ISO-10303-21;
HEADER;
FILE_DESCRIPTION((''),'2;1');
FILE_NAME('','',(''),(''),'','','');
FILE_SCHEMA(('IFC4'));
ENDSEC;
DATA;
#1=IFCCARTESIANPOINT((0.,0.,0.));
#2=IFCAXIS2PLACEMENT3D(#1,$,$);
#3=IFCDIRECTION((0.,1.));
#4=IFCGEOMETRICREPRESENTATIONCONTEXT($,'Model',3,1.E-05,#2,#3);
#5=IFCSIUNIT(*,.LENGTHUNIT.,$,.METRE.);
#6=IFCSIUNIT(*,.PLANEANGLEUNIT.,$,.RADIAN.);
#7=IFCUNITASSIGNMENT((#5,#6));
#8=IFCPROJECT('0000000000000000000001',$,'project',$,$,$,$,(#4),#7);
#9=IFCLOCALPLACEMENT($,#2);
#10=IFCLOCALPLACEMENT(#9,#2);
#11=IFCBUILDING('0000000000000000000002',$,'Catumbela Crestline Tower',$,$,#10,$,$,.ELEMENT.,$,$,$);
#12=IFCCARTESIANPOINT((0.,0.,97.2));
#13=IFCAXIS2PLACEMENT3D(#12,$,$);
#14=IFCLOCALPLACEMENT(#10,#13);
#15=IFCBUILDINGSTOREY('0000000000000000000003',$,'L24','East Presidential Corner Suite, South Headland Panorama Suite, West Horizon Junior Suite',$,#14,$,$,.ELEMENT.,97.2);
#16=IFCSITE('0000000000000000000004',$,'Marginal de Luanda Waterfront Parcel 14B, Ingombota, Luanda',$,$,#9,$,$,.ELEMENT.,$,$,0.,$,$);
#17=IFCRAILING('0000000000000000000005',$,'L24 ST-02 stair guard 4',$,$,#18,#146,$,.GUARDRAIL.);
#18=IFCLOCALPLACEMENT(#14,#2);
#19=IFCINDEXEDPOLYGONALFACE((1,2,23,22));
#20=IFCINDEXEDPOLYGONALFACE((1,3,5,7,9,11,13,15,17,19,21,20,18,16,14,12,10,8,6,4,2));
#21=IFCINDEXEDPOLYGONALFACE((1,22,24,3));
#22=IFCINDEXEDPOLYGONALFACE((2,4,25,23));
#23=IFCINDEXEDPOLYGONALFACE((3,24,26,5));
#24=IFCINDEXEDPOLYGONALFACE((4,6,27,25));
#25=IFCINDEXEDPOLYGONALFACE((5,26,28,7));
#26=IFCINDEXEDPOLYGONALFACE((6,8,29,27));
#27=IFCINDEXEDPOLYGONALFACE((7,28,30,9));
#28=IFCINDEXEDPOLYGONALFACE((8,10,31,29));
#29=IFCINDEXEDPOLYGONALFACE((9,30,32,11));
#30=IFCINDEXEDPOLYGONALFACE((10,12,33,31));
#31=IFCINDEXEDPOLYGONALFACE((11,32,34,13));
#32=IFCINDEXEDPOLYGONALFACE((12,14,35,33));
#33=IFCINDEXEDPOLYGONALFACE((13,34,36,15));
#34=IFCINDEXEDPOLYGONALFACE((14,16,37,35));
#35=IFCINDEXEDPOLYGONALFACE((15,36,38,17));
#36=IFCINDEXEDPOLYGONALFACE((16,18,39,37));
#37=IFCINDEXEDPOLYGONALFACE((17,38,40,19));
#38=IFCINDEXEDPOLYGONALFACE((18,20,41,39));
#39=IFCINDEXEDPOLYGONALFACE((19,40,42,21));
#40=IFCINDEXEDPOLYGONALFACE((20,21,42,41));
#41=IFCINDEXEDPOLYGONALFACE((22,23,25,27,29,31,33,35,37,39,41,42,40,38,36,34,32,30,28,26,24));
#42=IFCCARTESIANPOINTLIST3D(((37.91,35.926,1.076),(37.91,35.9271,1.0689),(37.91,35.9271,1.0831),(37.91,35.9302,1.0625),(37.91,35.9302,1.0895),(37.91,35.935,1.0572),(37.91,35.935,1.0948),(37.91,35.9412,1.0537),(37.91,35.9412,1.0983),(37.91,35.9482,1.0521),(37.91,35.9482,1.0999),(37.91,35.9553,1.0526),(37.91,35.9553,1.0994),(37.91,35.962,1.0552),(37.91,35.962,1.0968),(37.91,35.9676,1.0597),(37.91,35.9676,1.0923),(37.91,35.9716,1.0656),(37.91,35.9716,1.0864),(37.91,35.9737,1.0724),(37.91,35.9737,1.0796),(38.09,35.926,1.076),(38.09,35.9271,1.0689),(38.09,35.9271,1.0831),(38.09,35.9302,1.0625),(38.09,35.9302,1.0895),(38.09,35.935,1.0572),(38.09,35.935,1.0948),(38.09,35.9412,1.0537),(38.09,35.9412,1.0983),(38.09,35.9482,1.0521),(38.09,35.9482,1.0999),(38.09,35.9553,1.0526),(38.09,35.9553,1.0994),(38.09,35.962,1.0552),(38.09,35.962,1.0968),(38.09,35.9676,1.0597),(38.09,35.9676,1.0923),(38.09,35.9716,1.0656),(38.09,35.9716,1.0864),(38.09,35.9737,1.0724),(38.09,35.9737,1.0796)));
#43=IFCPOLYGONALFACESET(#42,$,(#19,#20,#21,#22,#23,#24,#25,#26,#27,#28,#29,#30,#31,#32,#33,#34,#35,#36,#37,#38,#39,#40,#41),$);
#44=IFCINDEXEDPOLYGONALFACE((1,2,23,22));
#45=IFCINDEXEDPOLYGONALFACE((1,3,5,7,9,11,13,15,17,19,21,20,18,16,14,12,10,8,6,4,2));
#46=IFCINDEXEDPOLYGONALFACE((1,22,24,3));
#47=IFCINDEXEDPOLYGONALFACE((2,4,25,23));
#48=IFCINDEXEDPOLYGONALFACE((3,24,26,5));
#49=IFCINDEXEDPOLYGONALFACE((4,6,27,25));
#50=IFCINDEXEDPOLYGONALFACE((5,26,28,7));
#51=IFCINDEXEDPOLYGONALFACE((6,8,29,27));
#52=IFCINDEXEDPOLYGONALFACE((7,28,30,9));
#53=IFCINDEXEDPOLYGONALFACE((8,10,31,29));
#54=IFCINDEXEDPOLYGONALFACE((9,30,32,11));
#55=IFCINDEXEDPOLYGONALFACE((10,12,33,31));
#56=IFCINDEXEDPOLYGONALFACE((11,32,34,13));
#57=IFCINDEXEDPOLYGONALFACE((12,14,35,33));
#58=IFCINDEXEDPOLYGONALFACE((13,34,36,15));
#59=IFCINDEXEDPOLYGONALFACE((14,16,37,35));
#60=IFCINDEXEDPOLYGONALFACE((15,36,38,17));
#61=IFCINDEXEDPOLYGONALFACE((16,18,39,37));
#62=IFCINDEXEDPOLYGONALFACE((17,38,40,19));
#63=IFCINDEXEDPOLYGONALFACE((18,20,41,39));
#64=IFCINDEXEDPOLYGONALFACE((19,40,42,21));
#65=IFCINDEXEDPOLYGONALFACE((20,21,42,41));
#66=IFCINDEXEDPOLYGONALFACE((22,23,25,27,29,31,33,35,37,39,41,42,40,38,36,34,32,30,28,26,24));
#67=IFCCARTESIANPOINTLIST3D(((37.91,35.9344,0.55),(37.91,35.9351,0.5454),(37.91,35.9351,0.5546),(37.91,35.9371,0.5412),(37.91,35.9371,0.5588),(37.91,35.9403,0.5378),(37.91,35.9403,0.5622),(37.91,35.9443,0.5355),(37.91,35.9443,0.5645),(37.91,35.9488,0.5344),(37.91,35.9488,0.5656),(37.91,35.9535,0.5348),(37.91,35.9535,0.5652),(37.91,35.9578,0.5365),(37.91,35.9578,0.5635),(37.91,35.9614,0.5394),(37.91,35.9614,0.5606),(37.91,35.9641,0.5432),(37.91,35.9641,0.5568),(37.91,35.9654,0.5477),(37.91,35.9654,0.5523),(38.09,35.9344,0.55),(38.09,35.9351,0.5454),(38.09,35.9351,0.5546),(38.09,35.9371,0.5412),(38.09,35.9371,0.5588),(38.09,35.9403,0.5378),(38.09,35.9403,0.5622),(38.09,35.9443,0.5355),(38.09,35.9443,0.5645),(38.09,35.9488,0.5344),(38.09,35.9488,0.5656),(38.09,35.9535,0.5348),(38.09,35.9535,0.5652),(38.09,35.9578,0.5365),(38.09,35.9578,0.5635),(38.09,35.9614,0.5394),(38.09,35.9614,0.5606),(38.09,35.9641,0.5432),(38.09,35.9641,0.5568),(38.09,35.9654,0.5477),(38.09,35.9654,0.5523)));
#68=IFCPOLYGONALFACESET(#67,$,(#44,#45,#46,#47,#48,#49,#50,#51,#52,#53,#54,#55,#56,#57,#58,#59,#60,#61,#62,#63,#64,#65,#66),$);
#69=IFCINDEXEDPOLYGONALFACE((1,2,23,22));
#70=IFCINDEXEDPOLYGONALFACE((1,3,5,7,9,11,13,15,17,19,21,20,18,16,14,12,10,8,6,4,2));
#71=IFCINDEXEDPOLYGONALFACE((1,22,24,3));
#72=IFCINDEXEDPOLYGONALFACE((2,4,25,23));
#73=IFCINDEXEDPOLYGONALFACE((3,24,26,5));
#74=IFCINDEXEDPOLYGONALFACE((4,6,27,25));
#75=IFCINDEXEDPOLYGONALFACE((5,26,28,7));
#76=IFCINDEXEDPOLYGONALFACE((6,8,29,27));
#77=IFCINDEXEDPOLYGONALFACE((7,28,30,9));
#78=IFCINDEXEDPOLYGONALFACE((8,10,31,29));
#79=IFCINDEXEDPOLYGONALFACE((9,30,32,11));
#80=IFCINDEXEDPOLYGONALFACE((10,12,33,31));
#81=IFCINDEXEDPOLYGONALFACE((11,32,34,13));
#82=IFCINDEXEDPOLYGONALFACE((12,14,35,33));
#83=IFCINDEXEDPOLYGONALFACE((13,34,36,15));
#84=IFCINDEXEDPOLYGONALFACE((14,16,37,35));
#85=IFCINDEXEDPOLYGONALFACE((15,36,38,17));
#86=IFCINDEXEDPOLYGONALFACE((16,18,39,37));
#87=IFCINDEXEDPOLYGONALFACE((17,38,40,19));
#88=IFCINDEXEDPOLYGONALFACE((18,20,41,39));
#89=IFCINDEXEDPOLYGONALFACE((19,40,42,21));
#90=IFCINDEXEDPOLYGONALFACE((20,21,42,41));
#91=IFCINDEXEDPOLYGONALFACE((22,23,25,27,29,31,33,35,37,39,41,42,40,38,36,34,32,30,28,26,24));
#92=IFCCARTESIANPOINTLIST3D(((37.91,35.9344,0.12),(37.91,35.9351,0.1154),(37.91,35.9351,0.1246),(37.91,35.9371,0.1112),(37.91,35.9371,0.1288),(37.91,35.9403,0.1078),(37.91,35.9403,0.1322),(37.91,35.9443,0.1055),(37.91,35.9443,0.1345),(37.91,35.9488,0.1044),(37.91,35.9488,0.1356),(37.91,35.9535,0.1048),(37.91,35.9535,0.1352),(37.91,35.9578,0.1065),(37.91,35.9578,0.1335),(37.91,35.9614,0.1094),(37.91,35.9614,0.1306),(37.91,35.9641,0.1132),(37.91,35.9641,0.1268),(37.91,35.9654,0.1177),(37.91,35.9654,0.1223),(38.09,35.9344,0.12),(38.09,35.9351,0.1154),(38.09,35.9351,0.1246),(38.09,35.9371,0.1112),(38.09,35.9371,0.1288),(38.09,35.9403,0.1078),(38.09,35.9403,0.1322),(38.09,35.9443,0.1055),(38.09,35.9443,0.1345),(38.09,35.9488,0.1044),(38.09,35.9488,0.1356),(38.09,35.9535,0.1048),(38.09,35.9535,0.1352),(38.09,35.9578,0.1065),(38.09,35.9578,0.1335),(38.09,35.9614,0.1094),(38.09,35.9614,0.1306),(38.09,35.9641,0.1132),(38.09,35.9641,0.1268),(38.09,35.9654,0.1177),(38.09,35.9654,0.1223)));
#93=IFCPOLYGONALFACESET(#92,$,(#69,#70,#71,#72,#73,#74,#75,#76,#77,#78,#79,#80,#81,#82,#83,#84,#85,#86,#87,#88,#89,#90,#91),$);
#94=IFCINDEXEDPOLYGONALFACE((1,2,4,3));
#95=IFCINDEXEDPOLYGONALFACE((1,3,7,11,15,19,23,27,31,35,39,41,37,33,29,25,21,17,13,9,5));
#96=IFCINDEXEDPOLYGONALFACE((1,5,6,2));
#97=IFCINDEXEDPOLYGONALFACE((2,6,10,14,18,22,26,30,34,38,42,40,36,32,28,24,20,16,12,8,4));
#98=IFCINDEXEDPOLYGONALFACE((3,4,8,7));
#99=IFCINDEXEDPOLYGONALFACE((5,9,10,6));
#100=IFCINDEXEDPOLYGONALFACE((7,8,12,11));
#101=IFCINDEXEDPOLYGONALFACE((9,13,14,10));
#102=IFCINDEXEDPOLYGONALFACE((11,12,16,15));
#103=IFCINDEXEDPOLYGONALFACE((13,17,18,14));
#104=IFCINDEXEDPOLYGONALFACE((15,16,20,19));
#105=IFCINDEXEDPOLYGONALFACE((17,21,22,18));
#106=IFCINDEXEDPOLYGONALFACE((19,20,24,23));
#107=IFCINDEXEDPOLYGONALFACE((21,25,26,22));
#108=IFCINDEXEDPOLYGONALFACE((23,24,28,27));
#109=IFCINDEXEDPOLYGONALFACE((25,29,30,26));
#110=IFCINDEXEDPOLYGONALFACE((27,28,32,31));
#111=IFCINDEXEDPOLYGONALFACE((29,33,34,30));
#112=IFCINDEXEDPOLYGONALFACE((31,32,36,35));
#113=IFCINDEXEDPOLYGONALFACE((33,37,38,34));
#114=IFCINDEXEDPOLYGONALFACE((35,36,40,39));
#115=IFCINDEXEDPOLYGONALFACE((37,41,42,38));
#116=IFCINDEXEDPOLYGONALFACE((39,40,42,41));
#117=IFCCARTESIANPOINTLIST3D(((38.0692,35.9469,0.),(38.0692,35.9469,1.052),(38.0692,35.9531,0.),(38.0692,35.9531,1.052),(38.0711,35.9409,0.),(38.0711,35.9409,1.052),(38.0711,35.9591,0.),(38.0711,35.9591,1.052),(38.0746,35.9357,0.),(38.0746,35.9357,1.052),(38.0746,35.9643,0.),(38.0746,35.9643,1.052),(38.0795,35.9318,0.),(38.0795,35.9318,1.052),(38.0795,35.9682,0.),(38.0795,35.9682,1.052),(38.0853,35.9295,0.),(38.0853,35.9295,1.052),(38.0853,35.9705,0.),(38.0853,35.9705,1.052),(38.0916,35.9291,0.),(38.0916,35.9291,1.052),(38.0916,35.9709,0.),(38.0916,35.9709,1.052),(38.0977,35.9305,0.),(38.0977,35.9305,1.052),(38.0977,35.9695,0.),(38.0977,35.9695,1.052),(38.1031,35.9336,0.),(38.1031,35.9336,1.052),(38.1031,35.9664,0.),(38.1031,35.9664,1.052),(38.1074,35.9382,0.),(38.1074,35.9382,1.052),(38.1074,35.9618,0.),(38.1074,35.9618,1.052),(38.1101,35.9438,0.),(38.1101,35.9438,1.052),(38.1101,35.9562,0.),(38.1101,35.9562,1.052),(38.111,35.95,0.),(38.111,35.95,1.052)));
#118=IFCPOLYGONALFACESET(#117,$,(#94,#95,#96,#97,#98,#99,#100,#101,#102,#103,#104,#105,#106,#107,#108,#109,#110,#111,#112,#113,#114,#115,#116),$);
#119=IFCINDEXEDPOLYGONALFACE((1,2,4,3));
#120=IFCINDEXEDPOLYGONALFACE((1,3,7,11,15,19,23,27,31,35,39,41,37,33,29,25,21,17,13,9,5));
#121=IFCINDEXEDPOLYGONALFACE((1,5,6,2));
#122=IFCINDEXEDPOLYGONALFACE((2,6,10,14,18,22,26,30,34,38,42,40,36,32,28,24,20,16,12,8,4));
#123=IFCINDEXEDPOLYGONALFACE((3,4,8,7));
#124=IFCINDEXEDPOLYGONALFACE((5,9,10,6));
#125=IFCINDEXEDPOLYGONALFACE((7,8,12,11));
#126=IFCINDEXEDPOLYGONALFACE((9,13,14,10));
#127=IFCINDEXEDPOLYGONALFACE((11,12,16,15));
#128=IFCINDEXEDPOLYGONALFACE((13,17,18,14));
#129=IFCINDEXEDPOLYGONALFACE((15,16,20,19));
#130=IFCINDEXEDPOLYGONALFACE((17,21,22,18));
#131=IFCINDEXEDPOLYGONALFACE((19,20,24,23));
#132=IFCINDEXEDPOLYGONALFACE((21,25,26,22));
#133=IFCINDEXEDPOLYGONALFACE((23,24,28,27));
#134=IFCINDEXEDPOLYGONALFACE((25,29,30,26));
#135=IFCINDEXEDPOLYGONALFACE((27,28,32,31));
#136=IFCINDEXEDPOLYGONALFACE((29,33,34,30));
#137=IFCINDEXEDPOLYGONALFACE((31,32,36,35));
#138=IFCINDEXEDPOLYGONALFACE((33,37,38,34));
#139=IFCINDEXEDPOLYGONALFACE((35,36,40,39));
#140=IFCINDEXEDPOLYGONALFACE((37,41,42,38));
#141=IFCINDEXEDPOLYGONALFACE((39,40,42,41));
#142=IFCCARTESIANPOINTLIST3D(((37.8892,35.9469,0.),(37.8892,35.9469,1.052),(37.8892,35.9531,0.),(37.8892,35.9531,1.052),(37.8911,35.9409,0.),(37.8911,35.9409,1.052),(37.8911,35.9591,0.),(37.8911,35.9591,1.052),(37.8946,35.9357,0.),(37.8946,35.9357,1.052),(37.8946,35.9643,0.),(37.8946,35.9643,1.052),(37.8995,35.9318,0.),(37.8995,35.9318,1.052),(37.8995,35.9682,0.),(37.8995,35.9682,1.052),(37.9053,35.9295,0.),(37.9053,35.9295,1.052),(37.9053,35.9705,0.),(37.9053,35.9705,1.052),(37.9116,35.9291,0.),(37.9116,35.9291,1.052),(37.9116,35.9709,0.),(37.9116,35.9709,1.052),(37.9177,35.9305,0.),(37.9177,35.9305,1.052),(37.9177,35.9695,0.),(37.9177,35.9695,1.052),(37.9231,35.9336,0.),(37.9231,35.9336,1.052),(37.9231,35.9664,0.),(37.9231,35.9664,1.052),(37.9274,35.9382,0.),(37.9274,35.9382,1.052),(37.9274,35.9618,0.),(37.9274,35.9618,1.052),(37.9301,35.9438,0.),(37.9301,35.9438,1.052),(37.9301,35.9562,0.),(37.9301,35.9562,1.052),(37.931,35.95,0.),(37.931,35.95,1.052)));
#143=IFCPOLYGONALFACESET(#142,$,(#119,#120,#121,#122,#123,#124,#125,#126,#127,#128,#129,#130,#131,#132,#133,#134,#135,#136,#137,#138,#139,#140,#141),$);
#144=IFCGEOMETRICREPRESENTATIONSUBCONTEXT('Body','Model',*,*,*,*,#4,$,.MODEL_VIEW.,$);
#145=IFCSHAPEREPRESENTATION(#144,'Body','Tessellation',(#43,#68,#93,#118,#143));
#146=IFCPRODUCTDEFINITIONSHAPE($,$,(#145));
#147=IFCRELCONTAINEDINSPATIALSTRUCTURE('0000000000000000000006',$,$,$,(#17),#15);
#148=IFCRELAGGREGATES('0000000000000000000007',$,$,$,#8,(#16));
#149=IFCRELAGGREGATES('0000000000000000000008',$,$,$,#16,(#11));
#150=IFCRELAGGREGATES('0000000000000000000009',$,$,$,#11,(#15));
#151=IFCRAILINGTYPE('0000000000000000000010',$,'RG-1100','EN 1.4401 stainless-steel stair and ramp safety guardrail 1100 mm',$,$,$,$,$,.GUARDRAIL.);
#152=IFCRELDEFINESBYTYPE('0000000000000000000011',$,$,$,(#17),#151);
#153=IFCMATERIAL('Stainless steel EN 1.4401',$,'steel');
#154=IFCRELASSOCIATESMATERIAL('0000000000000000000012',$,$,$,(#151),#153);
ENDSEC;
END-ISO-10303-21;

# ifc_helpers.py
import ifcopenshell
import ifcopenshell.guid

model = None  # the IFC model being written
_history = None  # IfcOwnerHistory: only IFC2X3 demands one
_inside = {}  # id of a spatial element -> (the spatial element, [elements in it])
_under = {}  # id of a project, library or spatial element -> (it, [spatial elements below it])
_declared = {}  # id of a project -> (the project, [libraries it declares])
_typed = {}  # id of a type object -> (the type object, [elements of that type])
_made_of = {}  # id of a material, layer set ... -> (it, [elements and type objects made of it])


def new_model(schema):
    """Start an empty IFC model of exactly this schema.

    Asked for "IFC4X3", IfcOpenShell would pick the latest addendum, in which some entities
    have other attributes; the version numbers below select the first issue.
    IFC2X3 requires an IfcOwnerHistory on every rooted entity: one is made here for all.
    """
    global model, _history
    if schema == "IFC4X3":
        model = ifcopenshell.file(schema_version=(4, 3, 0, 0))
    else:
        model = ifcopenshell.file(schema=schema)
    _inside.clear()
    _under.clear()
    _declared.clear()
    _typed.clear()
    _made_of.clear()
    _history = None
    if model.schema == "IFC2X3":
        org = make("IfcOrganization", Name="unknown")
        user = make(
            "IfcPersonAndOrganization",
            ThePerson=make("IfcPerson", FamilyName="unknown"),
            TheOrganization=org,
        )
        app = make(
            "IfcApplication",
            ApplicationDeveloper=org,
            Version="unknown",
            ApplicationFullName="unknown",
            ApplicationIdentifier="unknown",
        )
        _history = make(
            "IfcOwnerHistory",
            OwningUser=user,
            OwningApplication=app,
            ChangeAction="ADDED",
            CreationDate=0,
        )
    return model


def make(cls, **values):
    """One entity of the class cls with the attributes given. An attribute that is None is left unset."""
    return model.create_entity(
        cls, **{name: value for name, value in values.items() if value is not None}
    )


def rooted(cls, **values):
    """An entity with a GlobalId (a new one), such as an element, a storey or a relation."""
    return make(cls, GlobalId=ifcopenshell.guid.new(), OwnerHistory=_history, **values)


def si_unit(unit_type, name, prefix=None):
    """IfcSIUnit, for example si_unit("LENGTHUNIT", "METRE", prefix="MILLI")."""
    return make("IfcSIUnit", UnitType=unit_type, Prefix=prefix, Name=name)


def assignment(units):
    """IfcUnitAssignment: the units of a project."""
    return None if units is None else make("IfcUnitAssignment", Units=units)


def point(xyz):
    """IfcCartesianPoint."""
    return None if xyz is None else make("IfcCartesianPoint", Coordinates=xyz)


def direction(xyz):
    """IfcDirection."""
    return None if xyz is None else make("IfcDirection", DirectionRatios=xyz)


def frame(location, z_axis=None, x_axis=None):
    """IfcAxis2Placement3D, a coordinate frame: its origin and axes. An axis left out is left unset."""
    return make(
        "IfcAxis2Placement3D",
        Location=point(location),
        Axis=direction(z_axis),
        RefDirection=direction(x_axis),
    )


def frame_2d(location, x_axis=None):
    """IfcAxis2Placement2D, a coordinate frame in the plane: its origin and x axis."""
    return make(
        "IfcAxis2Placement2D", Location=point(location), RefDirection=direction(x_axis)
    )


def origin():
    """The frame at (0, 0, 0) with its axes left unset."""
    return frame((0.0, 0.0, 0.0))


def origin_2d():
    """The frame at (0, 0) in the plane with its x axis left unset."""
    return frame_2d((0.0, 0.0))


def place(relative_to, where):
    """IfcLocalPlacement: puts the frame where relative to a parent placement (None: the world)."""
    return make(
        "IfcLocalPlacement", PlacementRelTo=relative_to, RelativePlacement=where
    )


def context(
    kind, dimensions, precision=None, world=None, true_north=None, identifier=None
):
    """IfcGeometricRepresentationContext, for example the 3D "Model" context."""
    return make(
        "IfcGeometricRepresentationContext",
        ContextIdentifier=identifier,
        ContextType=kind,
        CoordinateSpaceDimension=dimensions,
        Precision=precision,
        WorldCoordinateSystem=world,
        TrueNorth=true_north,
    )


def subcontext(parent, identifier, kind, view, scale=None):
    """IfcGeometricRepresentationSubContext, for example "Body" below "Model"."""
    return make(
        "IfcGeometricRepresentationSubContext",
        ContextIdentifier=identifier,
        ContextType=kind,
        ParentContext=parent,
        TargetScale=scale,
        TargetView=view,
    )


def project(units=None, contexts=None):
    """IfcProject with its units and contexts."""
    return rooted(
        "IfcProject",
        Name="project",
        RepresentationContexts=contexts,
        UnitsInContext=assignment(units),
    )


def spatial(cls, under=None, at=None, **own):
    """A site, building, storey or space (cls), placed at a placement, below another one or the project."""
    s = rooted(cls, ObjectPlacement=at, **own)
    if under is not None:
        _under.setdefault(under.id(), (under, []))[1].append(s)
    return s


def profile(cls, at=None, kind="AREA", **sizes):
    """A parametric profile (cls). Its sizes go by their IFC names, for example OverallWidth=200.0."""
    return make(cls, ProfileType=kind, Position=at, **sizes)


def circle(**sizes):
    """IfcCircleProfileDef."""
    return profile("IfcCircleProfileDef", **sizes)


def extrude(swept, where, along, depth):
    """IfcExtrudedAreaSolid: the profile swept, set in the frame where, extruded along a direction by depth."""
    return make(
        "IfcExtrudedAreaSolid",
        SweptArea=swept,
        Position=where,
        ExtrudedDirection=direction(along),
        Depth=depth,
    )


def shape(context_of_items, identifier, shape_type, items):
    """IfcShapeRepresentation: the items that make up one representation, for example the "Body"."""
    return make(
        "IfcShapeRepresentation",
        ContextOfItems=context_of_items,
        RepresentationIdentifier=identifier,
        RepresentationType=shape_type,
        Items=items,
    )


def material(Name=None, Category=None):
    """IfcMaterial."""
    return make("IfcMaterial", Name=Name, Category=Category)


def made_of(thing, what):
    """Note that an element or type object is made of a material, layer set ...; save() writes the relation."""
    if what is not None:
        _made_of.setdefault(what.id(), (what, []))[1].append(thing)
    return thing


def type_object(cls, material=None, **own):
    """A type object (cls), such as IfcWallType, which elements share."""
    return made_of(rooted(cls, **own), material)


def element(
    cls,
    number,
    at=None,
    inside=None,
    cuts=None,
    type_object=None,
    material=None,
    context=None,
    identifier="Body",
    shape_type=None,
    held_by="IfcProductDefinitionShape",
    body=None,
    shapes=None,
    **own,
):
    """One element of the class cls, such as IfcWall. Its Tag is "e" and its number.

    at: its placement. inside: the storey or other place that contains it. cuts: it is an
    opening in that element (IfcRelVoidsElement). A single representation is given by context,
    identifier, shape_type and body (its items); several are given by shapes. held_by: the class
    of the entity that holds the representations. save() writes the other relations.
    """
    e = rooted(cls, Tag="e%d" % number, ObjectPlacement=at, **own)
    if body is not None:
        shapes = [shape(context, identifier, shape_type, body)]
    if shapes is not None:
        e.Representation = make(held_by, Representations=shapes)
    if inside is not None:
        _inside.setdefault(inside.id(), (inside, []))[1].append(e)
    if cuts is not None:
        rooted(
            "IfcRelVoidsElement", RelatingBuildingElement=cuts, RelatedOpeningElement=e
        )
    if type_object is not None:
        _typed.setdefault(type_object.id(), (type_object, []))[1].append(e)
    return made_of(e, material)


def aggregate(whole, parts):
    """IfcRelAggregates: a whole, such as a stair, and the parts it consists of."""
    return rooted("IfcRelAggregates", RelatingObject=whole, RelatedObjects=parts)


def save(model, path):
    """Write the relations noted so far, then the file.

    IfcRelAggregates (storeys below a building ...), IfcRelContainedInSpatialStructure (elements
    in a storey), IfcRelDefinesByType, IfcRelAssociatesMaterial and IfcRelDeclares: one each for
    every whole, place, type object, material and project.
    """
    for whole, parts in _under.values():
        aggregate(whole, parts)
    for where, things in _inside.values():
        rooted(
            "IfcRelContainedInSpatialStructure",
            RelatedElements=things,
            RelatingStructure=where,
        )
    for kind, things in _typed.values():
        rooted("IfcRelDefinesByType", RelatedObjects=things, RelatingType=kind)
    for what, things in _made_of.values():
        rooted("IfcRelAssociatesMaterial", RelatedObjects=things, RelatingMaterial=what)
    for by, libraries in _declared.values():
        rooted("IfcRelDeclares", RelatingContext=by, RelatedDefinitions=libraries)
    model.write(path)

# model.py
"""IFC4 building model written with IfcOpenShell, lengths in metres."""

from ifc_helpers import new_model, si_unit, direction, frame, origin, origin_2d, place, context, subcontext, project, spatial, circle, extrude, material, type_object, element, save


model = new_model("IFC4")

# Units and contexts
model_context = context("Model", 3, precision=1e-05, world=origin(), true_north=direction((0.0, 1.0)))
body_context = subcontext(model_context, "Body", "Model", "MODEL_VIEW")
ifc_project = project(units=[si_unit("LENGTHUNIT", "METRE"), si_unit("PLANEANGLEUNIT", "RADIAN")], contexts=[model_context])

# Site, building, storey
site_placement = place(None, origin())
site = spatial("IfcSite", under=ifc_project, at=site_placement, Name="Marginal de Luanda Waterfront Parcel 14B, Ingombota, Luanda", CompositionType="ELEMENT", RefElevation=0.0)
building_placement = place(site_placement, origin())
building = spatial("IfcBuilding", under=site, at=building_placement, Name="Catumbela Crestline Tower", CompositionType="ELEMENT")
storey_placement = place(building_placement, frame((0.0, 0.0, 97.2)))
storey = spatial("IfcBuildingStorey", under=building, at=storey_placement, Name="L24", Description="East Presidential Corner Suite, South Headland Panorama Suite, West Horizon Junior Suite", CompositionType="ELEMENT", Elevation=97.2)

# Shared definitions
ifc_material_1 = material(Name="Stainless steel EN 1.4401", Category="steel")

# Railing
railing_type_1 = type_object("IfcRailingType", Name="RG-1100", Description="EN 1.4401 stainless-steel stair and ramp safety guardrail 1100 mm", PredefinedType="GUARDRAIL", material=ifc_material_1)
railing_1_placement = place(storey_placement, frame((38.09, 35.95, 0.0)))
element("IfcRailing", 1, at=railing_1_placement, inside=storey, type_object=railing_type_1, Name="L24 ST-02 stair guard 4", PredefinedType="GUARDRAIL", context=body_context, shape_type="SweptSolid", body=[
    extrude(circle(Radius=0.024, at=origin_2d()), frame((0.0, 0.0, 1.076), z_axis=(-1.0, 0.0, 0.0), x_axis=(0.0, -1.0, 0.0)), (0.0, 0.0, 1.0), 0.18),
    extrude(circle(Radius=0.0156, at=origin_2d()), frame((0.0, 0.0, 0.55), z_axis=(-1.0, 0.0, 0.0), x_axis=(0.0, -1.0, 0.0)), (0.0, 0.0, 1.0), 0.18),
    extrude(circle(Radius=0.0156, at=origin_2d()), frame((0.0, 0.0, 0.12), z_axis=(-1.0, 0.0, 0.0), x_axis=(0.0, -1.0, 0.0)), (0.0, 0.0, 1.0), 0.18),
    extrude(circle(Radius=0.021, at=origin_2d()), origin(), (0.0, 0.0, 1.0), 1.052),
    extrude(circle(Radius=0.021, at=origin_2d()), frame((-0.18, 0.0, 0.0)), (0.0, 0.0, 1.0), 1.052),
])

save(model, "model.ifc")
